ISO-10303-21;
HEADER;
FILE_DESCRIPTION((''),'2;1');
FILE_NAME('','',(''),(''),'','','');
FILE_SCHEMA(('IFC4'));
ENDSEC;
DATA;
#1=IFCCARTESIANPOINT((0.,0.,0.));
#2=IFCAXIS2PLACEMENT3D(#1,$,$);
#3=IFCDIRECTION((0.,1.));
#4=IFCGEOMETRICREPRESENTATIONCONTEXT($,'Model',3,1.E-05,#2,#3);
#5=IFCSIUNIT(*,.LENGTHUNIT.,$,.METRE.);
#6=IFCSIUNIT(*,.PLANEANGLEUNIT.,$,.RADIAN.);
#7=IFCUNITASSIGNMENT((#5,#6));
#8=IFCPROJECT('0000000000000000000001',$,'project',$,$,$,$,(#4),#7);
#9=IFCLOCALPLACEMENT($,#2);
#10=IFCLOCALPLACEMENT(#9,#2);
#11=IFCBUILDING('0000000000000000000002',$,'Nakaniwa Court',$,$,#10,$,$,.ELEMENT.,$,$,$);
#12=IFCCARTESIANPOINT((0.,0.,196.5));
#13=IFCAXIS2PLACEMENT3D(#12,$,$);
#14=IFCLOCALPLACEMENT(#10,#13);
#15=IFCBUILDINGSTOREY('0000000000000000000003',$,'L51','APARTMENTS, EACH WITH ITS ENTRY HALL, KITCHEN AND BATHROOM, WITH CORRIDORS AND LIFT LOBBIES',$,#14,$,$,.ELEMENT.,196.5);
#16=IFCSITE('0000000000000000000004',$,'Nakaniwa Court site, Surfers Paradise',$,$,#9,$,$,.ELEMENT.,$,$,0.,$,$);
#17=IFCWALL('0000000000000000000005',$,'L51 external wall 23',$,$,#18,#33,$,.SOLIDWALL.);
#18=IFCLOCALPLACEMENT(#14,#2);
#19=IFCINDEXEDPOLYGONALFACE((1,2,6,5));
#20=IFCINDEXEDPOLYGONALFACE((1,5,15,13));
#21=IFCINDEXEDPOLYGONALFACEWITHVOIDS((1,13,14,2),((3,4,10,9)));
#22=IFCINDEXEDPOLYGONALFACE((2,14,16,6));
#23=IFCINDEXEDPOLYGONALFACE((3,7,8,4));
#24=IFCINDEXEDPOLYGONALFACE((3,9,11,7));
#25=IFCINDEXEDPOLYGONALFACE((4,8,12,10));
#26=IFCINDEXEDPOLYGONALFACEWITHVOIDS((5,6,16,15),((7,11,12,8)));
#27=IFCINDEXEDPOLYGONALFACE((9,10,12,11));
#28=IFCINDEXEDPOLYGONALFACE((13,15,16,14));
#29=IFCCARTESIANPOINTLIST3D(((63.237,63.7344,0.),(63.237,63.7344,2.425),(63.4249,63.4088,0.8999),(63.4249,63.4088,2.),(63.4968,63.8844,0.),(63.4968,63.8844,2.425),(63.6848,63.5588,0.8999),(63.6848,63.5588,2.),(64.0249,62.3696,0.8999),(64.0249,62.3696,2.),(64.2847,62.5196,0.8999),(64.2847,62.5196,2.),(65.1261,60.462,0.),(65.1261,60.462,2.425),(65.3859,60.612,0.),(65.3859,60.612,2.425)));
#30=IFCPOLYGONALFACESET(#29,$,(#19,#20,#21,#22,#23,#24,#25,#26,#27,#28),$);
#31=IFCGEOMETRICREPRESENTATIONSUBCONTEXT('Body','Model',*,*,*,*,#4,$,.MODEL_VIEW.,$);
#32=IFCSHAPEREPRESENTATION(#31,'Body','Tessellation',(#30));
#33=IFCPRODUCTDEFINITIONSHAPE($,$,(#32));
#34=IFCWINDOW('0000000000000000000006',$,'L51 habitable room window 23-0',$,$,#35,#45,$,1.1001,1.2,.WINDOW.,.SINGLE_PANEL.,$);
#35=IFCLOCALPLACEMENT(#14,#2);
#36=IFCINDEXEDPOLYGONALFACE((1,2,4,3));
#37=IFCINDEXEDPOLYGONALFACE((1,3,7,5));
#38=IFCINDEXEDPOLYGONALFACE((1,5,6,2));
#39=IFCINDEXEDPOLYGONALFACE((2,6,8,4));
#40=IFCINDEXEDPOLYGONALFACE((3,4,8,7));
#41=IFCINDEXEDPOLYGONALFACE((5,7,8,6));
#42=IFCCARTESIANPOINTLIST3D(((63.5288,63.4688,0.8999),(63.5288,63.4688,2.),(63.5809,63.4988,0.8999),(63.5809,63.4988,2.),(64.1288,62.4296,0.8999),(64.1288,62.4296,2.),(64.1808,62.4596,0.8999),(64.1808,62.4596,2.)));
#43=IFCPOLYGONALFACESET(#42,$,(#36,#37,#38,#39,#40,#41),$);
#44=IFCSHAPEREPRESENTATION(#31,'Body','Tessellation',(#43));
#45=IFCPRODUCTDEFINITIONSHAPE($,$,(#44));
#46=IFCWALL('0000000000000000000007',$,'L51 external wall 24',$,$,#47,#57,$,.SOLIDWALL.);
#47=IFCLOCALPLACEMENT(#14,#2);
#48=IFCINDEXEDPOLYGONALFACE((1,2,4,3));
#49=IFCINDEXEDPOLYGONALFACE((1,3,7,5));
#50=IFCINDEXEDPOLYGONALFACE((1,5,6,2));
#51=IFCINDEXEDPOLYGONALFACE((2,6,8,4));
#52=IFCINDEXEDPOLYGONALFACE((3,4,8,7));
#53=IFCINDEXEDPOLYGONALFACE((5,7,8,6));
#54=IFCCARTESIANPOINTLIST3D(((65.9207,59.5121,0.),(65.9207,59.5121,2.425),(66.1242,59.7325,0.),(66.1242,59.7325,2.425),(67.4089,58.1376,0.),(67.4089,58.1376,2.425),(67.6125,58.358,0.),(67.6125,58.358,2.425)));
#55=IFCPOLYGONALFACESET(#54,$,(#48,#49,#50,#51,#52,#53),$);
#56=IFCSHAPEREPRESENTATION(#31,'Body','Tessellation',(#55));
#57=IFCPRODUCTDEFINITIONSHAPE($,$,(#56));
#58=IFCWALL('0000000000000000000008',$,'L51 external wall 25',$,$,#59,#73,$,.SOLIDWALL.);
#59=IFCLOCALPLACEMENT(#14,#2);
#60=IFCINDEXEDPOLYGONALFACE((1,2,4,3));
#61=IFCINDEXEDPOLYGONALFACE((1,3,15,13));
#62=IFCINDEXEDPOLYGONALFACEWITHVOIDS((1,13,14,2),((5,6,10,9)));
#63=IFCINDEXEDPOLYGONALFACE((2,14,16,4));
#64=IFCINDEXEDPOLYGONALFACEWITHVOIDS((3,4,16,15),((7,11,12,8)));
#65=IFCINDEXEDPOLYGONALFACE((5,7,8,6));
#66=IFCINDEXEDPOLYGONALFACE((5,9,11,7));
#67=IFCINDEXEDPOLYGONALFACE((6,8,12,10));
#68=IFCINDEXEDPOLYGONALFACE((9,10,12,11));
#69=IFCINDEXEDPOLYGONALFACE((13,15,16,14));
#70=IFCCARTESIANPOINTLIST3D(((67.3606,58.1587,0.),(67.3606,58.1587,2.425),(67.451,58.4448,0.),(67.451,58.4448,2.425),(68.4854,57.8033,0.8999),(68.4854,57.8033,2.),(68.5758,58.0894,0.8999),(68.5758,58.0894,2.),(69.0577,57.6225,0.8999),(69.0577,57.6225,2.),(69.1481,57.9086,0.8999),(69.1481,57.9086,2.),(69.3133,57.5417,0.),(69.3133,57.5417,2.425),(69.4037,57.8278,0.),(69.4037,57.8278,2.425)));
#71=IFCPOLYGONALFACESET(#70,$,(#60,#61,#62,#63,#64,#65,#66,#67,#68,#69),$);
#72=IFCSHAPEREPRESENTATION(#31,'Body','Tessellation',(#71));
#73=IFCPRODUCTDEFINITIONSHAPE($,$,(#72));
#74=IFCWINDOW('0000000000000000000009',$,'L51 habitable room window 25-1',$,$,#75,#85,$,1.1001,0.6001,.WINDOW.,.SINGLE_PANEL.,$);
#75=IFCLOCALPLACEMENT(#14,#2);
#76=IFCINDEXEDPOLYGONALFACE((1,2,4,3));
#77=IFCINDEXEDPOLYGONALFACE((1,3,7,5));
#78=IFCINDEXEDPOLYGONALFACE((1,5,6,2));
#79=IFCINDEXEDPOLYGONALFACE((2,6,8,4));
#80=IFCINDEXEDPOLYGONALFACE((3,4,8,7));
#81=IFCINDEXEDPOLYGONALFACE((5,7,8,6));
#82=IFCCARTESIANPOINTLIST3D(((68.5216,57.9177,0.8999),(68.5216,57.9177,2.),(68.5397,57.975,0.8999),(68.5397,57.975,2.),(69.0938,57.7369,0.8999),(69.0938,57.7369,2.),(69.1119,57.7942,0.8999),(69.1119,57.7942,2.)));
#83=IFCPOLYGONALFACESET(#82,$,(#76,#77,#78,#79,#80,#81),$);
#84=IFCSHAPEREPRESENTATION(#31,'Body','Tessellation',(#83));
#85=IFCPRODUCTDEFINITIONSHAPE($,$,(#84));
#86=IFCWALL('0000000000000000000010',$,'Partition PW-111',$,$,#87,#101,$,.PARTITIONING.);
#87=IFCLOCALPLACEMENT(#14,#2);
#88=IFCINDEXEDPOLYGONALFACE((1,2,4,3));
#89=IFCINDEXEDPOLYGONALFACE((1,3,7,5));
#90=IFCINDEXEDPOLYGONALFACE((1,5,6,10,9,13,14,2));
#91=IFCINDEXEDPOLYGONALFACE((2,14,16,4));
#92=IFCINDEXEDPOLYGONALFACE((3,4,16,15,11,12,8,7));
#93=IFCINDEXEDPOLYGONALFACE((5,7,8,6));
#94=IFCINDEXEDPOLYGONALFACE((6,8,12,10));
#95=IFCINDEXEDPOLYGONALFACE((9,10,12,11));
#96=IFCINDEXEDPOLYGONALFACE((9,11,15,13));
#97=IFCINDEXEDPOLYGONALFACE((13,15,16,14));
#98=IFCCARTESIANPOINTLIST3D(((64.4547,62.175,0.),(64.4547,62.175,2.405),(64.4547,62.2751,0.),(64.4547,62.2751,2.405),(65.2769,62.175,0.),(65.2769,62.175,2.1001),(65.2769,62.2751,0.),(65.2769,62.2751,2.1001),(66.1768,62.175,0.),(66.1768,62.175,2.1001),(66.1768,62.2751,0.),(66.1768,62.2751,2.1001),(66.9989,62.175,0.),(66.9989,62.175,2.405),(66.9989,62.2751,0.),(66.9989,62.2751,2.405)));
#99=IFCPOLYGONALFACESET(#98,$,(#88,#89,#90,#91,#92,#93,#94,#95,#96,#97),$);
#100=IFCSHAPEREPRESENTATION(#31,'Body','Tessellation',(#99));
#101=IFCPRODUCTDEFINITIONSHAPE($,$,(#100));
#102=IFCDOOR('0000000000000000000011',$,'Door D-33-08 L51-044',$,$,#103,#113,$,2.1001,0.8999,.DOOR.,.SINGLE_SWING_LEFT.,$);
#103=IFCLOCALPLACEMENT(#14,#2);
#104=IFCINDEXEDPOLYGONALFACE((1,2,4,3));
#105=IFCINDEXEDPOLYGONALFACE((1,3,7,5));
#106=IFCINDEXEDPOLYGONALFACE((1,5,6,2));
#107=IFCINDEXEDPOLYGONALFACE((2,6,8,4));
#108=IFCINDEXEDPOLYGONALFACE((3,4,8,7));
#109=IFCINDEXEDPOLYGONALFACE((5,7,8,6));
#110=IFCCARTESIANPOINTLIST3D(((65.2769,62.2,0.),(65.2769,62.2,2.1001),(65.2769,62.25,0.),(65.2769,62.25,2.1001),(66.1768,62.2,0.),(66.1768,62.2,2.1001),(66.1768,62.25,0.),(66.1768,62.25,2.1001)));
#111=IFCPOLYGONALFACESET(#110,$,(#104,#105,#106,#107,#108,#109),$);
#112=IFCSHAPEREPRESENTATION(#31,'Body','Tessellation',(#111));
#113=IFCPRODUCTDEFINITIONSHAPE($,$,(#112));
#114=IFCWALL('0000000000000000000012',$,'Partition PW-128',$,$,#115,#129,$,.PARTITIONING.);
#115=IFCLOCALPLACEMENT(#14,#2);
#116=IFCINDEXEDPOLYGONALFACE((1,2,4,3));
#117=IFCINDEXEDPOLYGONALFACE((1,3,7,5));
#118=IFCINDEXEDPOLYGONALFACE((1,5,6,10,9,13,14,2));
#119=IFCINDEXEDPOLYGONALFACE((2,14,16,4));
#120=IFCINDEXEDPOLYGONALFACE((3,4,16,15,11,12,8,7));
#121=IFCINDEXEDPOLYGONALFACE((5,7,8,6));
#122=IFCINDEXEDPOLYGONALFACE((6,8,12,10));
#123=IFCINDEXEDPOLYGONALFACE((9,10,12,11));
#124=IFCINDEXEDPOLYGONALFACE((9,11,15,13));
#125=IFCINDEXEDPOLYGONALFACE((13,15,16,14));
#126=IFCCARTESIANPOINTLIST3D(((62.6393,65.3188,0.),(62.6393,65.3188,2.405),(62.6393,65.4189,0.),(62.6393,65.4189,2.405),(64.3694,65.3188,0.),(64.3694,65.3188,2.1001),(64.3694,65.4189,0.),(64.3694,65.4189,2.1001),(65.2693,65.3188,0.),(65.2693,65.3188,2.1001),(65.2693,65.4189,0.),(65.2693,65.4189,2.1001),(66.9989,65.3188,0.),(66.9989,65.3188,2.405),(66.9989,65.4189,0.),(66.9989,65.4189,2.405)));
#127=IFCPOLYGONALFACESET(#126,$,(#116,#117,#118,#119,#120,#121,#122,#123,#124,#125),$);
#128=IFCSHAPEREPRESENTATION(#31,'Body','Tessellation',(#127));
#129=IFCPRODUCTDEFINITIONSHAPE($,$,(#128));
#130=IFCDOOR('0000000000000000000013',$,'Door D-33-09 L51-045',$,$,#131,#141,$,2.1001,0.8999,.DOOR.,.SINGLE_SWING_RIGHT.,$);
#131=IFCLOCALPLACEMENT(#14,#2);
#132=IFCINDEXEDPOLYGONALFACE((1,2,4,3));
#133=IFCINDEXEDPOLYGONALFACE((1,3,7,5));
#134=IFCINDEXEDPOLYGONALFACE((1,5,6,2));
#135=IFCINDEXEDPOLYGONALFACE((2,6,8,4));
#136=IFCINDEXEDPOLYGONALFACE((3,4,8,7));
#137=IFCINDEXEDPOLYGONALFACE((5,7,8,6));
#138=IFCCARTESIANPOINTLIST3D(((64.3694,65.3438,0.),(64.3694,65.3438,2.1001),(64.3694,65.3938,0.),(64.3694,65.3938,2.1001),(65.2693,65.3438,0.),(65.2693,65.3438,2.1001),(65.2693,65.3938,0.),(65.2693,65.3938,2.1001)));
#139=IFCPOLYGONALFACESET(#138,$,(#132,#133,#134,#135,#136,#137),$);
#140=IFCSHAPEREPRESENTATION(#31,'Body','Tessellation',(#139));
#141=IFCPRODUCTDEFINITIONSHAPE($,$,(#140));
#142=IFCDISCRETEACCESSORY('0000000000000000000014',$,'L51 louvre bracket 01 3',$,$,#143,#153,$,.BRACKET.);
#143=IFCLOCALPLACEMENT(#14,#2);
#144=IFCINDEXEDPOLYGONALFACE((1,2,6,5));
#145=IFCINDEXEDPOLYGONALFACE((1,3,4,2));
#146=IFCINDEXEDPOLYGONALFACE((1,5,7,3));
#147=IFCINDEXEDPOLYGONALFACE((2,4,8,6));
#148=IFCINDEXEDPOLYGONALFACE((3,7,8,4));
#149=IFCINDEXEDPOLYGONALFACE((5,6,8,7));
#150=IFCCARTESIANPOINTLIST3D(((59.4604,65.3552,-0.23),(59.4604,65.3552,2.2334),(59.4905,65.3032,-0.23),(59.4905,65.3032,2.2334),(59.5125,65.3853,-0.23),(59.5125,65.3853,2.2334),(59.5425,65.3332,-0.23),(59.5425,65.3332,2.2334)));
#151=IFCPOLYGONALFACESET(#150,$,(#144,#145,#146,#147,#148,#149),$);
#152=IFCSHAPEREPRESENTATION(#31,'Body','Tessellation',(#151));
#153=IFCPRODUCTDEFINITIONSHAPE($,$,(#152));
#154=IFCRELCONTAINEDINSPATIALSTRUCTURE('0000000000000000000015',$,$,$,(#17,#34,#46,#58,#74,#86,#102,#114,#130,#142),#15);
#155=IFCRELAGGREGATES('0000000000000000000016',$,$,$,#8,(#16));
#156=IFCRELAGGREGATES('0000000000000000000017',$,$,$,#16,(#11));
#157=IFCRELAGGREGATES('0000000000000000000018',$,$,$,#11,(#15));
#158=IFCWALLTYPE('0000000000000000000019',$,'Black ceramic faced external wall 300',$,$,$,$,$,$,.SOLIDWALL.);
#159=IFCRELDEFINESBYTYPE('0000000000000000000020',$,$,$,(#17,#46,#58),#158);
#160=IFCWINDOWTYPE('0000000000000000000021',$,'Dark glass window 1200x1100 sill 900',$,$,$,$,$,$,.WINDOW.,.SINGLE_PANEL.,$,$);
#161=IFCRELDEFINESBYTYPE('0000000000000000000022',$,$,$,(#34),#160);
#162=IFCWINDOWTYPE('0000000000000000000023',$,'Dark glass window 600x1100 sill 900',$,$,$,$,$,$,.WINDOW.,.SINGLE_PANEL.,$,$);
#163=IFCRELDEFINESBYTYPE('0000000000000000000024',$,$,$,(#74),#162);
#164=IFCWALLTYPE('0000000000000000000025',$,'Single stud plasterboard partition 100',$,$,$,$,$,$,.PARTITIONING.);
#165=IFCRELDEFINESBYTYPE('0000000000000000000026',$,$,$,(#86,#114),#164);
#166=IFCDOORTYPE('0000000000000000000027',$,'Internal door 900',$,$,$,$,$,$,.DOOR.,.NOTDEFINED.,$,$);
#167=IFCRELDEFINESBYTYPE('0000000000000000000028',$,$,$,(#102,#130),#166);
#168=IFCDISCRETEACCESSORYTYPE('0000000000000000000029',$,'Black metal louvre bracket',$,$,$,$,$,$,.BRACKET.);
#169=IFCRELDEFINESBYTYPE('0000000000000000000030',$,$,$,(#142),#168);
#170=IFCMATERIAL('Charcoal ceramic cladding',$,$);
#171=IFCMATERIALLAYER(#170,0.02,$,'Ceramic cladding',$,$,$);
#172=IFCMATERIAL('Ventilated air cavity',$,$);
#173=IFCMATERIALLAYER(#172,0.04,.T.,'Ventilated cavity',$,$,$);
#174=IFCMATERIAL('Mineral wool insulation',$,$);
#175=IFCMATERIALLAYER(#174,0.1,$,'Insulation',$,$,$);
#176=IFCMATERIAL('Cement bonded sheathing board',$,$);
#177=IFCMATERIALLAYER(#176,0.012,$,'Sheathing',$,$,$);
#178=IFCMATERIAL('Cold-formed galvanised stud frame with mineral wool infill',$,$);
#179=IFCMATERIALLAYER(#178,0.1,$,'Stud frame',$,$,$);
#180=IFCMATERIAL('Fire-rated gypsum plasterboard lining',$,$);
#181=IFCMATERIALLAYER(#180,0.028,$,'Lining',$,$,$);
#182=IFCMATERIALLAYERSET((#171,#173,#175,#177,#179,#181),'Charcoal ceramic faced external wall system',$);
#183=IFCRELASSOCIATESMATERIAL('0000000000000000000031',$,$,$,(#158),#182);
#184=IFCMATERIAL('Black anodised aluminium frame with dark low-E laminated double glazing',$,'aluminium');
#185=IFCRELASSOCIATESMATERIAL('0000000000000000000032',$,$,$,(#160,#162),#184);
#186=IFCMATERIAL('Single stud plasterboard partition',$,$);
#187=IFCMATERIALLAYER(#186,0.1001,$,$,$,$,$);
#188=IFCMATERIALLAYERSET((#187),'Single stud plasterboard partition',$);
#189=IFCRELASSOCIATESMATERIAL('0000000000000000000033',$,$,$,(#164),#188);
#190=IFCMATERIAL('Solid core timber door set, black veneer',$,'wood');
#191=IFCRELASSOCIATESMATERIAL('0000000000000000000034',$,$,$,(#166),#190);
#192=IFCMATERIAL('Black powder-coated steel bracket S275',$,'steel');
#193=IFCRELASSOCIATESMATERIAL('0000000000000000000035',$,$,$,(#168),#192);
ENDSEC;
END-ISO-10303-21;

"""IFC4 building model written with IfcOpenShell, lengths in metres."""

from ifc_helpers import new_model, si_unit, direction, frame, frame_2d, origin, origin_2d, place, context, subcontext, project, spatial, rectangle, extrude, material, layer, layer_set, type_object, element, fill, save


model = new_model("IFC4")

# Units and contexts
model_context = context("Model", 3, precision=1e-05, world=origin(), true_north=direction((0.0, 1.0)))
body_context = subcontext(model_context, "Body", "Model", "MODEL_VIEW")
ifc_project = project(units=[si_unit("LENGTHUNIT", "METRE"), si_unit("PLANEANGLEUNIT", "RADIAN")], contexts=[model_context])

# Site, building, storey
site_placement = place(None, origin())
site = spatial("IfcSite", under=ifc_project, at=site_placement, Name="Nakaniwa Court site, Surfers Paradise", CompositionType="ELEMENT", RefElevation=0.0)
building_placement = place(site_placement, origin())
building = spatial("IfcBuilding", under=site, at=building_placement, Name="Nakaniwa Court", CompositionType="ELEMENT")
storey_placement = place(building_placement, frame((0.0, 0.0, 196.5)))
storey = spatial("IfcBuildingStorey", under=building, at=storey_placement, Name="L51", Description="APARTMENTS, EACH WITH ITS ENTRY HALL, KITCHEN AND BATHROOM, WITH CORRIDORS AND LIFT LOBBIES", CompositionType="ELEMENT", Elevation=196.5)

# Shared definitions
ifc_material_1 = material(Name="Solid core timber door set, black veneer", Category="wood")

# Wall, opening, window
ifc_material_2 = material(Name="Charcoal ceramic cladding")
ifc_layer_1 = layer(ifc_material_2, 0.02, Name="Ceramic cladding")
ifc_material_3 = material(Name="Ventilated air cavity")
ifc_layer_2 = layer(ifc_material_3, 0.04, ventilated=True, Name="Ventilated cavity")
ifc_material_4 = material(Name="Mineral wool insulation")
ifc_layer_3 = layer(ifc_material_4, 0.1, Name="Insulation")
ifc_material_5 = material(Name="Cement bonded sheathing board")
ifc_layer_4 = layer(ifc_material_5, 0.012, Name="Sheathing")
ifc_material_6 = material(Name="Cold-formed galvanised stud frame with mineral wool infill")
ifc_layer_5 = layer(ifc_material_6, 0.1, Name="Stud frame")
ifc_material_7 = material(Name="Fire-rated gypsum plasterboard lining")
ifc_layer_6 = layer(ifc_material_7, 0.028, Name="Lining")
ifc_layer_set_1 = layer_set([ifc_layer_1, ifc_layer_2, ifc_layer_3, ifc_layer_4, ifc_layer_5, ifc_layer_6], Name="Charcoal ceramic faced external wall system")
wall_type_1 = type_object("IfcWallType", Name="Black ceramic faced external wall 300", PredefinedType="SOLIDWALL", material=ifc_layer_set_1)
wall_1_placement = place(storey_placement, frame((63.3669, 63.8093, 0.0), z_axis=(0.0, 0.0, 1.0), x_axis=(0.499961, -0.866048, 0.0)))
wall_1 = element("IfcWall", 1, at=wall_1_placement, inside=storey, type_object=wall_type_1, Name="L51 external wall 23", PredefinedType="SOLIDWALL", context=body_context, shape_type="SweptSolid", body=[
    extrude(rectangle(XDim=3.7786, YDim=0.3, at=frame_2d((1.8892, 0.0))), origin(), (0.0, 0.0, 1.0), 2.425),
])
opening_1_placement = place(wall_1_placement, frame((0.3757, 0.0, 0.8999)))
opening_1 = element("IfcOpeningElement", 2, at=opening_1_placement, cuts=wall_1, PredefinedType="OPENING", context=body_context, shape_type="SweptSolid", body=[
    extrude(rectangle(XDim=1.2, YDim=1.1001, at=frame_2d((0.6001, 0.55))), frame((0.0, 0.1599, 0.0), z_axis=(0.0, -1.0, 0.0), x_axis=(1.0, 0.0, 0.0)), (0.0, 0.0, 1.0), 0.3201),
])
ifc_material_8 = material(Name="Black anodised aluminium frame with dark low-E laminated double glazing", Category="aluminium")
window_type_1 = type_object("IfcWindowType", Name="Dark glass window 1200x1100 sill 900", PartitioningType="SINGLE_PANEL", PredefinedType="WINDOW", material=ifc_material_8)
window_1_placement = place(opening_1_placement, origin())
window_1 = element("IfcWindow", 3, at=window_1_placement, inside=storey, type_object=window_type_1, Name="L51 habitable room window 23-0", OverallHeight=1.1001, OverallWidth=1.2, PartitioningType="SINGLE_PANEL", PredefinedType="WINDOW", context=body_context, shape_type="SweptSolid", body=[
    extrude(rectangle(XDim=1.2, YDim=1.1001, at=frame_2d((0.6001, 0.55))), frame((0.0, 0.03, 0.0), z_axis=(0.0, -1.0, 0.0), x_axis=(1.0, 0.0, 0.0)), (0.0, 0.0, 1.0), 0.0601),
])
fill(opening_1, window_1)

# Wall
wall_2_placement = place(storey_placement, frame((66.0225, 59.6223, 0.0), z_axis=(0.0, 0.0, 1.0), x_axis=(0.734628, -0.67847, 0.0)))
element("IfcWall", 4, at=wall_2_placement, inside=storey, type_object=wall_type_1, Name="L51 external wall 24", PredefinedType="SOLIDWALL", context=body_context, shape_type="SweptSolid", body=[
    extrude(rectangle(XDim=2.0259, YDim=0.3, at=frame_2d((1.0129, 0.0))), origin(), (0.0, 0.0, 1.0), 2.425),
])

# Wall, opening, window
wall_3_placement = place(storey_placement, frame((67.4058, 58.3018, 0.0), z_axis=(0.0, 0.0, 1.0), x_axis=(0.953538, -0.301274, 0.0)))
wall_3 = element("IfcWall", 5, at=wall_3_placement, inside=storey, type_object=wall_type_1, Name="L51 external wall 25", PredefinedType="SOLIDWALL", context=body_context, shape_type="SweptSolid", body=[
    extrude(rectangle(XDim=2.0479, YDim=0.3, at=frame_2d((1.0239, 0.0))), origin(), (0.0, 0.0, 1.0), 2.425),
])
opening_2_placement = place(wall_3_placement, frame((1.1797, 0.0, 0.8999)))
opening_2 = element("IfcOpeningElement", 6, at=opening_2_placement, cuts=wall_3, PredefinedType="OPENING", context=body_context, shape_type="SweptSolid", body=[
    extrude(rectangle(XDim=0.6001, YDim=1.1001, at=frame_2d((0.3, 0.55))), frame((0.0, 0.1599, 0.0), z_axis=(0.0, -1.0, 0.0), x_axis=(1.0, 0.0, 0.0)), (0.0, 0.0, 1.0), 0.3201),
])
window_type_2 = type_object("IfcWindowType", Name="Dark glass window 600x1100 sill 900", PartitioningType="SINGLE_PANEL", PredefinedType="WINDOW", material=ifc_material_8)
window_2_placement = place(opening_2_placement, origin())
window_2 = element("IfcWindow", 7, at=window_2_placement, inside=storey, type_object=window_type_2, Name="L51 habitable room window 25-1", OverallHeight=1.1001, OverallWidth=0.6001, PartitioningType="SINGLE_PANEL", PredefinedType="WINDOW", context=body_context, shape_type="SweptSolid", body=[
    extrude(rectangle(XDim=0.6001, YDim=1.1001, at=frame_2d((0.3, 0.55))), frame((0.0, 0.03, 0.0), z_axis=(0.0, -1.0, 0.0), x_axis=(1.0, 0.0, 0.0)), (0.0, 0.0, 1.0), 0.0601),
])
fill(opening_2, window_2)

# Walls, openings, doors
ifc_material_9 = material(Name="Single stud plasterboard partition")
ifc_layer_7 = layer(ifc_material_9, 0.1001)
ifc_layer_set_2 = layer_set([ifc_layer_7], Name="Single stud plasterboard partition")
wall_type_2 = type_object("IfcWallType", Name="Single stud plasterboard partition 100", PredefinedType="PARTITIONING", material=ifc_layer_set_2)
wall_4_placement = place(storey_placement, frame((64.4548, 62.2251, 0.0), z_axis=(0.0, 0.0, 1.0), x_axis=(1.0, 0.0, 0.0)))
wall_4 = element("IfcWall", 8, at=wall_4_placement, inside=storey, type_object=wall_type_2, Name="Partition PW-111", PredefinedType="PARTITIONING", context=body_context, shape_type="SweptSolid", body=[
    extrude(rectangle(XDim=2.5442, YDim=0.1001, at=frame_2d((1.272, 0.0))), origin(), (0.0, 0.0, 1.0), 2.405),
])
opening_3_placement = place(wall_4_placement, frame((0.822, 0.0, 0.0)))
opening_3 = element("IfcOpeningElement", 9, at=opening_3_placement, cuts=wall_4, PredefinedType="OPENING", context=body_context, shape_type="SweptSolid", body=[
    extrude(rectangle(XDim=0.8999, YDim=2.1001, at=frame_2d((0.45, 1.05))), frame((0.0, 0.0601, 0.0), z_axis=(0.0, -1.0, 0.0), x_axis=(1.0, 0.0, 0.0)), (0.0, 0.0, 1.0), 0.1201),
])
door_type_1 = type_object("IfcDoorType", Name="Internal door 900", OperationType="NOTDEFINED", PredefinedType="DOOR", material=ifc_material_1)
door_1_placement = place(opening_3_placement, origin())
door_1 = element("IfcDoor", 10, at=door_1_placement, inside=storey, type_object=door_type_1, Name="Door D-33-08 L51-044", OperationType="SINGLE_SWING_LEFT", OverallHeight=2.1001, OverallWidth=0.8999, PredefinedType="DOOR", context=body_context, shape_type="SweptSolid", body=[
    extrude(rectangle(XDim=0.8999, YDim=2.1001, at=frame_2d((0.45, 1.05))), frame((0.0, 0.0249, 0.0), z_axis=(0.0, -1.0, 0.0), x_axis=(1.0, 0.0, 0.0)), (0.0, 0.0, 1.0), 0.05),
])
fill(opening_3, door_1)
wall_5_placement = place(storey_placement, frame((62.6394, 65.3689, 0.0), z_axis=(0.0, 0.0, 1.0), x_axis=(1.0, 0.0, 0.0)))
wall_5 = element("IfcWall", 11, at=wall_5_placement, inside=storey, type_object=wall_type_2, Name="Partition PW-128", PredefinedType="PARTITIONING", context=body_context, shape_type="SweptSolid", body=[
    extrude(rectangle(XDim=4.3596, YDim=0.1001, at=frame_2d((2.1797, 0.0))), origin(), (0.0, 0.0, 1.0), 2.405),
])
opening_4_placement = place(wall_5_placement, frame((1.73, 0.0, 0.0)))
opening_4 = element("IfcOpeningElement", 12, at=opening_4_placement, cuts=wall_5, PredefinedType="OPENING", context=body_context, shape_type="SweptSolid", body=[
    extrude(rectangle(XDim=0.8999, YDim=2.1001, at=frame_2d((0.45, 1.05))), frame((0.0, 0.0601, 0.0), z_axis=(0.0, -1.0, 0.0), x_axis=(1.0, 0.0, 0.0)), (0.0, 0.0, 1.0), 0.1201),
])
door_2_placement = place(opening_4_placement, origin())
door_2 = element("IfcDoor", 13, at=door_2_placement, inside=storey, type_object=door_type_1, Name="Door D-33-09 L51-045", OperationType="SINGLE_SWING_RIGHT", OverallHeight=2.1001, OverallWidth=0.8999, PredefinedType="DOOR", context=body_context, shape_type="SweptSolid", body=[
    extrude(rectangle(XDim=0.8999, YDim=2.1001, at=frame_2d((0.45, 1.05))), frame((0.0, 0.0249, 0.0), z_axis=(0.0, -1.0, 0.0), x_axis=(1.0, 0.0, 0.0)), (0.0, 0.0, 1.0), 0.05),
])
fill(opening_4, door_2)

# Discrete accessory
ifc_material_10 = material(Name="Black powder-coated steel bracket S275", Category="steel")
discrete_accessory_type = type_object("IfcDiscreteAccessoryType", Name="Black metal louvre bracket", PredefinedType="BRACKET", material=ifc_material_10)
discrete_accessory_placement = place(storey_placement, frame((59.5015, 65.3442, -0.23), z_axis=(0.0, 0.0, 1.0), x_axis=(0.499986, -0.866033, 0.0)))
element("IfcDiscreteAccessory", 14, at=discrete_accessory_placement, inside=storey, type_object=discrete_accessory_type, Name="L51 louvre bracket 01 3", PredefinedType="BRACKET", context=body_context, shape_type="SweptSolid", body=[
    extrude(rectangle(XDim=0.0601, YDim=0.0601, at=origin_2d()), origin(), (0.0, 0.0, 1.0), 2.4634),
])

save(model, "model.ifc")
